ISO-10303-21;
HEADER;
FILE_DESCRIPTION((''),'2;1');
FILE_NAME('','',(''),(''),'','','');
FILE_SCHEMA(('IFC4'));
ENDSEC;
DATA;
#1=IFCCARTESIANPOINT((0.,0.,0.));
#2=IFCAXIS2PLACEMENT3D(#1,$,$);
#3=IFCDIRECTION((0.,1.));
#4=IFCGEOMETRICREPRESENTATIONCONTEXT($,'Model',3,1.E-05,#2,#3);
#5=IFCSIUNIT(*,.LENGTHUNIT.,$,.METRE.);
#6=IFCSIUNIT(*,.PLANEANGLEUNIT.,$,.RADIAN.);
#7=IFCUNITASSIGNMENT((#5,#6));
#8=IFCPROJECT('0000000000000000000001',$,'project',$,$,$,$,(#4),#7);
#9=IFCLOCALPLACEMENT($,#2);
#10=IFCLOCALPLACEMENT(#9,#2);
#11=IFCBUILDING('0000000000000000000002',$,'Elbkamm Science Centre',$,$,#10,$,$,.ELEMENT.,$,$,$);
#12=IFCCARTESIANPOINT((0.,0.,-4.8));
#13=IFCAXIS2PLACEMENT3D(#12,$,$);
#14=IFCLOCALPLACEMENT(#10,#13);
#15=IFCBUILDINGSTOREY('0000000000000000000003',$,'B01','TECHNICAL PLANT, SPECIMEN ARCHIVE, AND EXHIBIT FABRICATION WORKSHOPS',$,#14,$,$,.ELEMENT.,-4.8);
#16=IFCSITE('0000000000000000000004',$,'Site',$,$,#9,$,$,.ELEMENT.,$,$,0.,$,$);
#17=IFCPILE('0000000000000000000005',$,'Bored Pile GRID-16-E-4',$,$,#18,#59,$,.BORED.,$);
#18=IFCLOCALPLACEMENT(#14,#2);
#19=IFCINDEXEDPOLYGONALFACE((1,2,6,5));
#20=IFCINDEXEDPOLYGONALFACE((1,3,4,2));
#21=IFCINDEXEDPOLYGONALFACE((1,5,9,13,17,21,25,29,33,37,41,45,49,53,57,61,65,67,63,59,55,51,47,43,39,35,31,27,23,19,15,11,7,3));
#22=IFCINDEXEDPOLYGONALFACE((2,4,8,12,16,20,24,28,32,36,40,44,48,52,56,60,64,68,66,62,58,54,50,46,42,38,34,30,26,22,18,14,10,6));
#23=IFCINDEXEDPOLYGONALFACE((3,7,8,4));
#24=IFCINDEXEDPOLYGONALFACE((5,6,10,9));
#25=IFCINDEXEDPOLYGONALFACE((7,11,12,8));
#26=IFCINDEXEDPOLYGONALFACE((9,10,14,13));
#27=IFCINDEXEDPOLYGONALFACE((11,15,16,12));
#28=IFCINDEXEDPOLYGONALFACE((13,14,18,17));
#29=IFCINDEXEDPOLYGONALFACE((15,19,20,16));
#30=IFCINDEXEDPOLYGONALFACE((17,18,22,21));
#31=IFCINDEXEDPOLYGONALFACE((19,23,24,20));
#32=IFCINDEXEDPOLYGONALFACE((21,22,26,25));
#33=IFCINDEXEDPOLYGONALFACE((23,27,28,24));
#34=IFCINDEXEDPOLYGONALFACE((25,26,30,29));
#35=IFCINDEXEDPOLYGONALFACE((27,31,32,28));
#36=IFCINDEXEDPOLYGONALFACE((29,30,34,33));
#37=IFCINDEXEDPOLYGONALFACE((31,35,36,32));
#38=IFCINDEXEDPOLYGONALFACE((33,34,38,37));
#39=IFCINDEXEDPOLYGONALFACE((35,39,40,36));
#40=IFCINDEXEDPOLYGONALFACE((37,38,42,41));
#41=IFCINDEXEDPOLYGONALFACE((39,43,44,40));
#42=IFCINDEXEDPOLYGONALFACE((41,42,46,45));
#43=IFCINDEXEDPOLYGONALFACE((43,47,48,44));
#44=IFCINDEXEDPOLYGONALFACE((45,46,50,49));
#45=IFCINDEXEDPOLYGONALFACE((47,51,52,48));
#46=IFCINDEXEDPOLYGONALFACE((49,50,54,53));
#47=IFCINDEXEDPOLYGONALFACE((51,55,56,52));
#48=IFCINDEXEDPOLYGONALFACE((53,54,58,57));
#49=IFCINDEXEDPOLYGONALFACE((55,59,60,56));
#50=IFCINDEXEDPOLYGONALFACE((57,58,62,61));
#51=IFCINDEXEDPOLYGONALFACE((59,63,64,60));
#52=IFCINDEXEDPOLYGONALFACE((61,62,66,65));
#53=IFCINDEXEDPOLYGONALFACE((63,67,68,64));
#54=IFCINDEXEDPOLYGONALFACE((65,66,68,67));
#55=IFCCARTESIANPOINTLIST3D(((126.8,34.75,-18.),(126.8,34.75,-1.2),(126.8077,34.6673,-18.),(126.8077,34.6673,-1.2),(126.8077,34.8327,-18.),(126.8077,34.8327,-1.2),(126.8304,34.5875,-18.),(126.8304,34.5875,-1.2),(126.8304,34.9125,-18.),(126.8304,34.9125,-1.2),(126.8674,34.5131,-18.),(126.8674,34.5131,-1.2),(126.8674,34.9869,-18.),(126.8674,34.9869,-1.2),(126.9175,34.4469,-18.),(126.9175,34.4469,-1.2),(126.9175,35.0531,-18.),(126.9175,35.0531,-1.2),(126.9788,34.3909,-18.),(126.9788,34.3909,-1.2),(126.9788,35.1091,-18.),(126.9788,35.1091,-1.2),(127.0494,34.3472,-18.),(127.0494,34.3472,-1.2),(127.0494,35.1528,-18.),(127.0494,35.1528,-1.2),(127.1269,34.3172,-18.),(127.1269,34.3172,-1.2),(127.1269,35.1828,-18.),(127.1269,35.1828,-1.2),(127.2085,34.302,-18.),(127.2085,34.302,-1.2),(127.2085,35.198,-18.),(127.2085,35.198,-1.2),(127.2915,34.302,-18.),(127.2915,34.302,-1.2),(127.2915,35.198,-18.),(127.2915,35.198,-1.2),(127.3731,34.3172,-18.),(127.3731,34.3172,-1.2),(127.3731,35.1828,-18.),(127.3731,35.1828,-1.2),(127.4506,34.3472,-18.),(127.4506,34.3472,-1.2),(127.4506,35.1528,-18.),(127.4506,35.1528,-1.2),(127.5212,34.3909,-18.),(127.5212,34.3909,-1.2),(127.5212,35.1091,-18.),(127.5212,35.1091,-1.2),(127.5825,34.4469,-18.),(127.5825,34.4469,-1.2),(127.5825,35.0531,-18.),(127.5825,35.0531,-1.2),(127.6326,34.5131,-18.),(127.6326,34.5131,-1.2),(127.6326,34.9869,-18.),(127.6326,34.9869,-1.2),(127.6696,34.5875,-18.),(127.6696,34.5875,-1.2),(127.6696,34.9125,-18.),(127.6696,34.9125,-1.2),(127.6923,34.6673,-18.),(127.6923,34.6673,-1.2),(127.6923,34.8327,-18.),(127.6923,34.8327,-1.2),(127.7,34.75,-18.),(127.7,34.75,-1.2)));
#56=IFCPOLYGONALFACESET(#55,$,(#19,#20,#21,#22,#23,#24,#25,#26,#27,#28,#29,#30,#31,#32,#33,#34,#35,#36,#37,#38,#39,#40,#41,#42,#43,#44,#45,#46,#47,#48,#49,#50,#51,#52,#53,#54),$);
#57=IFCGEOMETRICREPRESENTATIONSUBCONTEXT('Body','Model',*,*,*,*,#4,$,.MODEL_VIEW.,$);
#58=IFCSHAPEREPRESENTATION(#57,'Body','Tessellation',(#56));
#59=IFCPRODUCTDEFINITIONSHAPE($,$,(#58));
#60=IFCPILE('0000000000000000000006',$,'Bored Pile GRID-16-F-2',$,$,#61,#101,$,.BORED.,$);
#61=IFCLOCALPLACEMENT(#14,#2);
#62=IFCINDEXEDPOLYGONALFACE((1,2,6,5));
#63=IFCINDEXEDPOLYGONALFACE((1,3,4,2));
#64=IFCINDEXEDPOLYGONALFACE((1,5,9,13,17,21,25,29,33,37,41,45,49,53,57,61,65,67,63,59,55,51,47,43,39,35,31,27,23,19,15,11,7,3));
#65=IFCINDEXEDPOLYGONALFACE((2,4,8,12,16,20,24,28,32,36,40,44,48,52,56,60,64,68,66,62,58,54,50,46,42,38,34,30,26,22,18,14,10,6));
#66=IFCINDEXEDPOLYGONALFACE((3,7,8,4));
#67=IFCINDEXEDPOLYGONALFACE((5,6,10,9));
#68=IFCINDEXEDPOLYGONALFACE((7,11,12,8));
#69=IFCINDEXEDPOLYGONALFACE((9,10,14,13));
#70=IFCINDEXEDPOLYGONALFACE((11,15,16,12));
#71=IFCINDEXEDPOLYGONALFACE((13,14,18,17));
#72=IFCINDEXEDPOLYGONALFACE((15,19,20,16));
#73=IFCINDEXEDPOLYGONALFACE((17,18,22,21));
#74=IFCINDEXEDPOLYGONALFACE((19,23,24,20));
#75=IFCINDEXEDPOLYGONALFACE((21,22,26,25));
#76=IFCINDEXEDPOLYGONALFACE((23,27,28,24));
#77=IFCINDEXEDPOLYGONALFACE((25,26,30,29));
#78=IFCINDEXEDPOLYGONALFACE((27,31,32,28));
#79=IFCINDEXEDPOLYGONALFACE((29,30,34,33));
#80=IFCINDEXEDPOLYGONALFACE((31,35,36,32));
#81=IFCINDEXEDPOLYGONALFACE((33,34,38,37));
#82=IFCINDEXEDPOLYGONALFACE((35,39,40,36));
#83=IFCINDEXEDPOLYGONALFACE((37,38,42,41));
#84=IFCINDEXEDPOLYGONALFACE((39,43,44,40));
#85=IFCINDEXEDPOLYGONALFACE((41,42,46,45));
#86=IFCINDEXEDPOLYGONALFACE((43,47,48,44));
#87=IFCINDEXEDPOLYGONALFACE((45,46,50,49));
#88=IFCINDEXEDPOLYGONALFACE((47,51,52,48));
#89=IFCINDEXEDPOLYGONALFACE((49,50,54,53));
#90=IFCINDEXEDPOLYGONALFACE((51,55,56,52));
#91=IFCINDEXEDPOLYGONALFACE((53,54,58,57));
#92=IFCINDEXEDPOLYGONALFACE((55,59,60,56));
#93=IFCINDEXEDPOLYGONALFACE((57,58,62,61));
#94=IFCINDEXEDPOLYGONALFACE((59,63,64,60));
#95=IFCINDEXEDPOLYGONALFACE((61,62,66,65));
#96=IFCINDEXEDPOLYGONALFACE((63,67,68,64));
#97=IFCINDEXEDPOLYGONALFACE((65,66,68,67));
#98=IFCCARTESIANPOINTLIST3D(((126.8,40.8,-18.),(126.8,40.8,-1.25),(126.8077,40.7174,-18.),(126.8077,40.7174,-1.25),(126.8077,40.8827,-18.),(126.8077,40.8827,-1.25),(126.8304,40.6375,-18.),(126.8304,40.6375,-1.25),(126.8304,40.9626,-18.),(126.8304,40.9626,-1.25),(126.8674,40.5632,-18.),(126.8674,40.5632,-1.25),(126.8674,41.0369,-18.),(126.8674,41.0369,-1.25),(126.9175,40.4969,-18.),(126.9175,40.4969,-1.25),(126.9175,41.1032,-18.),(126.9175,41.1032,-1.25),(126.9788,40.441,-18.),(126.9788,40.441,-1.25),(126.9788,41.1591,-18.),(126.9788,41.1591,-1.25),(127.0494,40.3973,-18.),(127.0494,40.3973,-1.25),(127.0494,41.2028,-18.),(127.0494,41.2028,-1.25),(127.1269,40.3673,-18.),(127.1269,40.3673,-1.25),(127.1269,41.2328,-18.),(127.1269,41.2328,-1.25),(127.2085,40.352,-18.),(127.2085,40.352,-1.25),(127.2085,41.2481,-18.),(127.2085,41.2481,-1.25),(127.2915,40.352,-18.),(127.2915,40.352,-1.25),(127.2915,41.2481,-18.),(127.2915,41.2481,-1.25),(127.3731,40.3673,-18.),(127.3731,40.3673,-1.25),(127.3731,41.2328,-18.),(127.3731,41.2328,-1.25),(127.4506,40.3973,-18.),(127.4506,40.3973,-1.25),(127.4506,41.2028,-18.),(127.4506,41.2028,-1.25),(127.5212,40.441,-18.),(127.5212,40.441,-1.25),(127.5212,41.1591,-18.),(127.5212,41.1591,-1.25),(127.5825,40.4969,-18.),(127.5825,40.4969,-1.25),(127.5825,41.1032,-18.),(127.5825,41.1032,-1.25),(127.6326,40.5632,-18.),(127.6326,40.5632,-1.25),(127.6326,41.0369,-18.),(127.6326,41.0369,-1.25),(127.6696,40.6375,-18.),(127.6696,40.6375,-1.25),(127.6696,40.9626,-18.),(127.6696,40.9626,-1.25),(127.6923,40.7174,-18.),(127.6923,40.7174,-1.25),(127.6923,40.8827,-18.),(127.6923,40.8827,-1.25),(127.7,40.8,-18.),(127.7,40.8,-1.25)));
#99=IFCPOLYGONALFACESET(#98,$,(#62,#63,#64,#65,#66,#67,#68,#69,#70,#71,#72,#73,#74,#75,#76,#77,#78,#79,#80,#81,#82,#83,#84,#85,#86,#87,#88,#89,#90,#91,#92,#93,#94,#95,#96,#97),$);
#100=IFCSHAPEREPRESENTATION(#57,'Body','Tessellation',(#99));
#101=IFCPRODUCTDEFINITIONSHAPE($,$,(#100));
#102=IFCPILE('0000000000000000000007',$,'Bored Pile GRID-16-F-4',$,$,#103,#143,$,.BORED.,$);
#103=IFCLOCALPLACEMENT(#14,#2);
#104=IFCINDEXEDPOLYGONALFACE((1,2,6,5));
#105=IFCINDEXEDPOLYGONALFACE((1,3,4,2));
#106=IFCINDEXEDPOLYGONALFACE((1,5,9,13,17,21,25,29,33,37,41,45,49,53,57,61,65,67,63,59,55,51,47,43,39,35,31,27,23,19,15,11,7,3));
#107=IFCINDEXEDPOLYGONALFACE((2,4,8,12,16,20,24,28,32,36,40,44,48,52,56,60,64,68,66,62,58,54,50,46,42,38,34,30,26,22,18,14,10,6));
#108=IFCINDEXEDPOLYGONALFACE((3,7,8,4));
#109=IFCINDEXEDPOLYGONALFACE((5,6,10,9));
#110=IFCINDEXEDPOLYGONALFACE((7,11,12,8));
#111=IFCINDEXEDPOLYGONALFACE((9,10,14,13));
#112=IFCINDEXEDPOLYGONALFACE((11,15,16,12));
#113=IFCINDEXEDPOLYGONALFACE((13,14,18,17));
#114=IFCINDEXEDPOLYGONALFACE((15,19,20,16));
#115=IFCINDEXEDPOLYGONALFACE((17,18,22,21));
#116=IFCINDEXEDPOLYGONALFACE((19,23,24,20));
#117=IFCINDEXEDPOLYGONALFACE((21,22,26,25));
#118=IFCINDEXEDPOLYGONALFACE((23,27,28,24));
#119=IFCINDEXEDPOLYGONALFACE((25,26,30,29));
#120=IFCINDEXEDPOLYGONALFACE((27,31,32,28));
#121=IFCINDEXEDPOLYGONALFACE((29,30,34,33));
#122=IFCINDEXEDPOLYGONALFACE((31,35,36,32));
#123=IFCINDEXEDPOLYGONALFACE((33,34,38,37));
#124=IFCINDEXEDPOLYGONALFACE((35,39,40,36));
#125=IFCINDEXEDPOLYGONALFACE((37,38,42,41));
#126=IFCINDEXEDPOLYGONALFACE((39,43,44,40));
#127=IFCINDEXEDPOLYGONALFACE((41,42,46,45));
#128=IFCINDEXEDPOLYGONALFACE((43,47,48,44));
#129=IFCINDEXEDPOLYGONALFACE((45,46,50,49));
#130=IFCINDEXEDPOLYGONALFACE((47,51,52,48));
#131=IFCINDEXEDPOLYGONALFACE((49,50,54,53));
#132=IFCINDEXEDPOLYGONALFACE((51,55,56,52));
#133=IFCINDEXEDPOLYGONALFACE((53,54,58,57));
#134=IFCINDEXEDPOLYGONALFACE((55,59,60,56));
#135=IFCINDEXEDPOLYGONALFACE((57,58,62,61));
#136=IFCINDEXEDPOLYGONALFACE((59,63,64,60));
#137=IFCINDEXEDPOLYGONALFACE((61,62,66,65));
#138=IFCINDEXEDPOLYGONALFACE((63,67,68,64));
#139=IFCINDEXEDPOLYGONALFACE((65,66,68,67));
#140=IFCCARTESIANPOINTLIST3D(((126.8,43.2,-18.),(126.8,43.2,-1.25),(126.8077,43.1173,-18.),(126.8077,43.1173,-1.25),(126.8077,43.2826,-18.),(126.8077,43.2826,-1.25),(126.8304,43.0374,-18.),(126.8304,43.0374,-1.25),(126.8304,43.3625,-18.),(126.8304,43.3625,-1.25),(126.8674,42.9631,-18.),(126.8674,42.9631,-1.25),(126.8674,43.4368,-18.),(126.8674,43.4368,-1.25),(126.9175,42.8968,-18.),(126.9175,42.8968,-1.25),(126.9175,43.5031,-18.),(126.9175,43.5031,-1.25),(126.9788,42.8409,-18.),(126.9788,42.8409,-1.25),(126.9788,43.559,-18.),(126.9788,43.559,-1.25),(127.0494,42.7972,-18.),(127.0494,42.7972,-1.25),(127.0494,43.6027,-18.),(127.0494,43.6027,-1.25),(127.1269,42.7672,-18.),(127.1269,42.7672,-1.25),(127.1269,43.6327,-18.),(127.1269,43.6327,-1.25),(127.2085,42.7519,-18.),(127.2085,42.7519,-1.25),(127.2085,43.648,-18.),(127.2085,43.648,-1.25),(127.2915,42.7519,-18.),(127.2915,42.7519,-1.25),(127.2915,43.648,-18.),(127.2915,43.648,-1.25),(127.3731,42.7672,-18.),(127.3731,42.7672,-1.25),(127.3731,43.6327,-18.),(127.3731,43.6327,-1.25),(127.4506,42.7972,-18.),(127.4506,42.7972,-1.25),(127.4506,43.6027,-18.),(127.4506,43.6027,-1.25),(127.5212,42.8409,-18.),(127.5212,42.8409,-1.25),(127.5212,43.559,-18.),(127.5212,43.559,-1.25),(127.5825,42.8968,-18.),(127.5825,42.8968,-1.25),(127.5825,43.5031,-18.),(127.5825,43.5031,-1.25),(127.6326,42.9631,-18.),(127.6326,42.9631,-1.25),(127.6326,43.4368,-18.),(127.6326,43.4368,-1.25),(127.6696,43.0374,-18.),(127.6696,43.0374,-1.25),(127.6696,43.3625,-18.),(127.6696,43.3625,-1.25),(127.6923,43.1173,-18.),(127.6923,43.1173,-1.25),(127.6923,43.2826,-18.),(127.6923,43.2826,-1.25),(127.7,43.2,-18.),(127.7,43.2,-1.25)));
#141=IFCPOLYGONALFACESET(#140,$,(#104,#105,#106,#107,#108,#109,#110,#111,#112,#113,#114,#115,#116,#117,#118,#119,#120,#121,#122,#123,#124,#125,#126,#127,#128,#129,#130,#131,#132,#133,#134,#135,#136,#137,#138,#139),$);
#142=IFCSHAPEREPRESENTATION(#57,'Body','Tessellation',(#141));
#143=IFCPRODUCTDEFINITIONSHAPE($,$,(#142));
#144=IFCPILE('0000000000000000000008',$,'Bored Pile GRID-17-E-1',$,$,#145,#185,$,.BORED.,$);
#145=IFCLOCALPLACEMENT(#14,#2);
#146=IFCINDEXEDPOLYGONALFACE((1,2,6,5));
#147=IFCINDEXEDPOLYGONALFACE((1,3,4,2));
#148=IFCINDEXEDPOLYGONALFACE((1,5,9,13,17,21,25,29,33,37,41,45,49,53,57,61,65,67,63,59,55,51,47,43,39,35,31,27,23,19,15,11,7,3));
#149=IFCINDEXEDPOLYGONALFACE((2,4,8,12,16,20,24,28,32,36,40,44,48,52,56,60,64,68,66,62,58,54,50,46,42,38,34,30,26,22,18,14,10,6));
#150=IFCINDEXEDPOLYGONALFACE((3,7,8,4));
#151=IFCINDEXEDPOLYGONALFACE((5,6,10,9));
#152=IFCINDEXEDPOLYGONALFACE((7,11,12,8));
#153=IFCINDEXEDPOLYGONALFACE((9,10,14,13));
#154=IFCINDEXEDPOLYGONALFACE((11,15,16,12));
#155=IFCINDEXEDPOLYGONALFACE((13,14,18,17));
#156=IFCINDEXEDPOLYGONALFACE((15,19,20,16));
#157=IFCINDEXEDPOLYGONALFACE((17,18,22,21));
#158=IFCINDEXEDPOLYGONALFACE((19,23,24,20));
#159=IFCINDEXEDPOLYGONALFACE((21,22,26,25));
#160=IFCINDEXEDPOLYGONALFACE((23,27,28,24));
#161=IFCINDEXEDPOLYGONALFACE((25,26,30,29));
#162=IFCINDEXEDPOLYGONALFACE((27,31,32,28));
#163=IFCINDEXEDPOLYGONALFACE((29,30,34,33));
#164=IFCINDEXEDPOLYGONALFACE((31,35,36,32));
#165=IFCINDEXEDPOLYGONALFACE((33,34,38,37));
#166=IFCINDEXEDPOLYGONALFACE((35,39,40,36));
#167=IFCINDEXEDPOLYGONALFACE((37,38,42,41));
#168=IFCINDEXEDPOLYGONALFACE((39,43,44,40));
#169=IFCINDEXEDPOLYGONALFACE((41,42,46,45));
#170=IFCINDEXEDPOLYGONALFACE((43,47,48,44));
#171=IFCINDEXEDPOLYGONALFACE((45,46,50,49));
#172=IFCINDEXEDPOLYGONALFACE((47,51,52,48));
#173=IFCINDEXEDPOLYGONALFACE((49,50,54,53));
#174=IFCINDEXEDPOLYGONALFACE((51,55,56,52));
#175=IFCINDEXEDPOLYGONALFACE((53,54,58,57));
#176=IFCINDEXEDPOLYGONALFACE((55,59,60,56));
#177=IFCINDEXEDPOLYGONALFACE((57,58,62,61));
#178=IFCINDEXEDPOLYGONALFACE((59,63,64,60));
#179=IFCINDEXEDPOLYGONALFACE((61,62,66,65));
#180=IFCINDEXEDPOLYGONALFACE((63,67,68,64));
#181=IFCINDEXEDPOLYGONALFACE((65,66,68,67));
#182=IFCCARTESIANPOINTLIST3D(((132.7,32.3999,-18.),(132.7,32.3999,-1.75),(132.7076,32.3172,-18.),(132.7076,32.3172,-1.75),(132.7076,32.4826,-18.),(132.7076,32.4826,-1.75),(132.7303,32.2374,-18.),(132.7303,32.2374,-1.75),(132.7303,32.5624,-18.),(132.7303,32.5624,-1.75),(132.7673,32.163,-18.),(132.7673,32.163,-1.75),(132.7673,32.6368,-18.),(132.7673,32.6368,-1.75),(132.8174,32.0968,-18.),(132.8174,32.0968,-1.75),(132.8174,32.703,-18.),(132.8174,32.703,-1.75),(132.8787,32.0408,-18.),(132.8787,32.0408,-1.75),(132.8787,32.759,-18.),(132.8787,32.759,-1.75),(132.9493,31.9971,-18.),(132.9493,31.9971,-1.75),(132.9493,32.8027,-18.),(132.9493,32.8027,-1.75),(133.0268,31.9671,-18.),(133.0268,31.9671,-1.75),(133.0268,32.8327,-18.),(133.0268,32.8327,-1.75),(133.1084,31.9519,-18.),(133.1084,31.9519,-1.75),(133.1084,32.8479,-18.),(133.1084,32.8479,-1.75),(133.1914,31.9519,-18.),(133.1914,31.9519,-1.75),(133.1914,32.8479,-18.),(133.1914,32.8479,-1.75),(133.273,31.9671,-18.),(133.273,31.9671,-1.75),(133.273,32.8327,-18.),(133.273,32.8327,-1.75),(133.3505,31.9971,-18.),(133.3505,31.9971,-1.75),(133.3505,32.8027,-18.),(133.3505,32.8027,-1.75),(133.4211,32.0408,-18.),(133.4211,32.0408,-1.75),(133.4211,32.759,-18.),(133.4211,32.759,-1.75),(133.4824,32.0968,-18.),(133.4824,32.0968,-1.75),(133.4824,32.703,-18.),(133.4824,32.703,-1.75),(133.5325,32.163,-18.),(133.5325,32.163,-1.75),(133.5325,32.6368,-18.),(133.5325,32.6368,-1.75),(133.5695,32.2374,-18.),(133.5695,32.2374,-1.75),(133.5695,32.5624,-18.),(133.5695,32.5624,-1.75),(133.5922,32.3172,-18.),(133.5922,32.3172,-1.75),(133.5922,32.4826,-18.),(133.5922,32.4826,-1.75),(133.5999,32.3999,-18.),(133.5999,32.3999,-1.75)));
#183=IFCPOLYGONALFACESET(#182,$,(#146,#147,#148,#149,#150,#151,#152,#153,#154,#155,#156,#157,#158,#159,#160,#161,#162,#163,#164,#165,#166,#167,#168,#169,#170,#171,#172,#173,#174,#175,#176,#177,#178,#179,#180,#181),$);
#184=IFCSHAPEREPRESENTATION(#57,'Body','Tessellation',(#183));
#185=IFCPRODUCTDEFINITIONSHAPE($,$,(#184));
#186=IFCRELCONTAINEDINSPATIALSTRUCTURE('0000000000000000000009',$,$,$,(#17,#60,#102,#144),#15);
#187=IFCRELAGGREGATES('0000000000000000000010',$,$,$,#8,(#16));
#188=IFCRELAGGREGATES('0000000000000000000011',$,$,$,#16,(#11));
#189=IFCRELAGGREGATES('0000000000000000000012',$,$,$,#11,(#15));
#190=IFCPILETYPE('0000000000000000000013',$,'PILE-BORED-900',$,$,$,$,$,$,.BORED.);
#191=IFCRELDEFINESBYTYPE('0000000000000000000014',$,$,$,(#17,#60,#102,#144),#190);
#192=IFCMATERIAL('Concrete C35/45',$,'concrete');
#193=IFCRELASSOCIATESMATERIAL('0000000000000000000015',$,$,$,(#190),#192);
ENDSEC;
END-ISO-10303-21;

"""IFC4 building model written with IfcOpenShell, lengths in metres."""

from ifc_helpers import new_model, si_unit, direction, frame, origin, origin_2d, place, context, subcontext, project, spatial, circle, extrude, material, material_profile, profile_set, type_object, element, save


model = new_model("IFC4")

# Units and contexts
model_context = context("Model", 3, precision=1e-05, world=origin(), true_north=direction((0.0, 1.0)))
body_context = subcontext(model_context, "Body", "Model", "MODEL_VIEW")
ifc_project = project(units=[si_unit("LENGTHUNIT", "METRE"), si_unit("PLANEANGLEUNIT", "RADIAN")], contexts=[model_context])

# Site, building, storey
site_placement = place(None, origin())
site = spatial("IfcSite", under=ifc_project, at=site_placement, Name="Site", CompositionType="ELEMENT", RefElevation=0.0)
building_placement = place(site_placement, origin())
building = spatial("IfcBuilding", under=site, at=building_placement, Name="Elbkamm Science Centre", CompositionType="ELEMENT")
storey_placement = place(building_placement, frame((0.0, 0.0, -4.8)))
storey = spatial("IfcBuildingStorey", under=building, at=storey_placement, Name="B01", Description="TECHNICAL PLANT, SPECIMEN ARCHIVE, AND EXHIBIT FABRICATION WORKSHOPS", CompositionType="ELEMENT", Elevation=-4.8)

# Shared definitions
ifc_material_1 = material(Name="Concrete C35/45", Category="concrete")

# Piles
ifc_material_profile_1 = material_profile(ifc_material_1, circle(Radius=0.45, at=origin_2d()), Name="PILE D900")
ifc_profile_set_1 = profile_set([ifc_material_profile_1], Name="Concrete C35/45")
pile_type_1 = type_object("IfcPileType", Name="PILE-BORED-900", PredefinedType="BORED", material=ifc_profile_set_1)
for number, where, z_axis, x_axis, name in (
    (1, (127.25, 34.75, -1.2), (0.0, 0.0, -1.0), (1.0, 0.0, 0.0), "Bored Pile GRID-16-E-4"),
):
    element("IfcPile", number, at=place(storey_placement, frame(where, z_axis=z_axis, x_axis=x_axis)), inside=storey, type_object=pile_type_1, Name=name, PredefinedType="BORED", context=body_context, shape_type="SweptSolid", body=[
        extrude(circle(Radius=0.45, at=origin_2d()), origin(), (0.0, 0.0, 1.0), 16.8),
    ])
for number, where, z_axis, x_axis, name in (
    (2, (127.25, 40.8, -1.25), (0.0, 0.0, -1.0), (1.0, 0.0, 0.0), "Bored Pile GRID-16-F-2"),
    (3, (127.25, 43.2, -1.25), (0.0, 0.0, -1.0), (1.0, 0.0, 0.0), "Bored Pile GRID-16-F-4"),
):
    element("IfcPile", number, at=place(storey_placement, frame(where, z_axis=z_axis, x_axis=x_axis)), inside=storey, type_object=pile_type_1, Name=name, PredefinedType="BORED", context=body_context, shape_type="SweptSolid", body=[
        extrude(circle(Radius=0.45, at=origin_2d()), origin(), (0.0, 0.0, 1.0), 16.75),
    ])
for number, where, z_axis, x_axis, name in (
    (4, (133.1499, 32.3999, -1.75), (0.0, 0.0, -1.0), (1.0, 0.0, 0.0), "Bored Pile GRID-17-E-1"),
):
    element("IfcPile", number, at=place(storey_placement, frame(where, z_axis=z_axis, x_axis=x_axis)), inside=storey, type_object=pile_type_1, Name=name, PredefinedType="BORED", context=body_context, shape_type="SweptSolid", body=[
        extrude(circle(Radius=0.45, at=origin_2d()), origin(), (0.0, 0.0, 1.0), 16.25),
    ])

save(model, "model.ifc")
